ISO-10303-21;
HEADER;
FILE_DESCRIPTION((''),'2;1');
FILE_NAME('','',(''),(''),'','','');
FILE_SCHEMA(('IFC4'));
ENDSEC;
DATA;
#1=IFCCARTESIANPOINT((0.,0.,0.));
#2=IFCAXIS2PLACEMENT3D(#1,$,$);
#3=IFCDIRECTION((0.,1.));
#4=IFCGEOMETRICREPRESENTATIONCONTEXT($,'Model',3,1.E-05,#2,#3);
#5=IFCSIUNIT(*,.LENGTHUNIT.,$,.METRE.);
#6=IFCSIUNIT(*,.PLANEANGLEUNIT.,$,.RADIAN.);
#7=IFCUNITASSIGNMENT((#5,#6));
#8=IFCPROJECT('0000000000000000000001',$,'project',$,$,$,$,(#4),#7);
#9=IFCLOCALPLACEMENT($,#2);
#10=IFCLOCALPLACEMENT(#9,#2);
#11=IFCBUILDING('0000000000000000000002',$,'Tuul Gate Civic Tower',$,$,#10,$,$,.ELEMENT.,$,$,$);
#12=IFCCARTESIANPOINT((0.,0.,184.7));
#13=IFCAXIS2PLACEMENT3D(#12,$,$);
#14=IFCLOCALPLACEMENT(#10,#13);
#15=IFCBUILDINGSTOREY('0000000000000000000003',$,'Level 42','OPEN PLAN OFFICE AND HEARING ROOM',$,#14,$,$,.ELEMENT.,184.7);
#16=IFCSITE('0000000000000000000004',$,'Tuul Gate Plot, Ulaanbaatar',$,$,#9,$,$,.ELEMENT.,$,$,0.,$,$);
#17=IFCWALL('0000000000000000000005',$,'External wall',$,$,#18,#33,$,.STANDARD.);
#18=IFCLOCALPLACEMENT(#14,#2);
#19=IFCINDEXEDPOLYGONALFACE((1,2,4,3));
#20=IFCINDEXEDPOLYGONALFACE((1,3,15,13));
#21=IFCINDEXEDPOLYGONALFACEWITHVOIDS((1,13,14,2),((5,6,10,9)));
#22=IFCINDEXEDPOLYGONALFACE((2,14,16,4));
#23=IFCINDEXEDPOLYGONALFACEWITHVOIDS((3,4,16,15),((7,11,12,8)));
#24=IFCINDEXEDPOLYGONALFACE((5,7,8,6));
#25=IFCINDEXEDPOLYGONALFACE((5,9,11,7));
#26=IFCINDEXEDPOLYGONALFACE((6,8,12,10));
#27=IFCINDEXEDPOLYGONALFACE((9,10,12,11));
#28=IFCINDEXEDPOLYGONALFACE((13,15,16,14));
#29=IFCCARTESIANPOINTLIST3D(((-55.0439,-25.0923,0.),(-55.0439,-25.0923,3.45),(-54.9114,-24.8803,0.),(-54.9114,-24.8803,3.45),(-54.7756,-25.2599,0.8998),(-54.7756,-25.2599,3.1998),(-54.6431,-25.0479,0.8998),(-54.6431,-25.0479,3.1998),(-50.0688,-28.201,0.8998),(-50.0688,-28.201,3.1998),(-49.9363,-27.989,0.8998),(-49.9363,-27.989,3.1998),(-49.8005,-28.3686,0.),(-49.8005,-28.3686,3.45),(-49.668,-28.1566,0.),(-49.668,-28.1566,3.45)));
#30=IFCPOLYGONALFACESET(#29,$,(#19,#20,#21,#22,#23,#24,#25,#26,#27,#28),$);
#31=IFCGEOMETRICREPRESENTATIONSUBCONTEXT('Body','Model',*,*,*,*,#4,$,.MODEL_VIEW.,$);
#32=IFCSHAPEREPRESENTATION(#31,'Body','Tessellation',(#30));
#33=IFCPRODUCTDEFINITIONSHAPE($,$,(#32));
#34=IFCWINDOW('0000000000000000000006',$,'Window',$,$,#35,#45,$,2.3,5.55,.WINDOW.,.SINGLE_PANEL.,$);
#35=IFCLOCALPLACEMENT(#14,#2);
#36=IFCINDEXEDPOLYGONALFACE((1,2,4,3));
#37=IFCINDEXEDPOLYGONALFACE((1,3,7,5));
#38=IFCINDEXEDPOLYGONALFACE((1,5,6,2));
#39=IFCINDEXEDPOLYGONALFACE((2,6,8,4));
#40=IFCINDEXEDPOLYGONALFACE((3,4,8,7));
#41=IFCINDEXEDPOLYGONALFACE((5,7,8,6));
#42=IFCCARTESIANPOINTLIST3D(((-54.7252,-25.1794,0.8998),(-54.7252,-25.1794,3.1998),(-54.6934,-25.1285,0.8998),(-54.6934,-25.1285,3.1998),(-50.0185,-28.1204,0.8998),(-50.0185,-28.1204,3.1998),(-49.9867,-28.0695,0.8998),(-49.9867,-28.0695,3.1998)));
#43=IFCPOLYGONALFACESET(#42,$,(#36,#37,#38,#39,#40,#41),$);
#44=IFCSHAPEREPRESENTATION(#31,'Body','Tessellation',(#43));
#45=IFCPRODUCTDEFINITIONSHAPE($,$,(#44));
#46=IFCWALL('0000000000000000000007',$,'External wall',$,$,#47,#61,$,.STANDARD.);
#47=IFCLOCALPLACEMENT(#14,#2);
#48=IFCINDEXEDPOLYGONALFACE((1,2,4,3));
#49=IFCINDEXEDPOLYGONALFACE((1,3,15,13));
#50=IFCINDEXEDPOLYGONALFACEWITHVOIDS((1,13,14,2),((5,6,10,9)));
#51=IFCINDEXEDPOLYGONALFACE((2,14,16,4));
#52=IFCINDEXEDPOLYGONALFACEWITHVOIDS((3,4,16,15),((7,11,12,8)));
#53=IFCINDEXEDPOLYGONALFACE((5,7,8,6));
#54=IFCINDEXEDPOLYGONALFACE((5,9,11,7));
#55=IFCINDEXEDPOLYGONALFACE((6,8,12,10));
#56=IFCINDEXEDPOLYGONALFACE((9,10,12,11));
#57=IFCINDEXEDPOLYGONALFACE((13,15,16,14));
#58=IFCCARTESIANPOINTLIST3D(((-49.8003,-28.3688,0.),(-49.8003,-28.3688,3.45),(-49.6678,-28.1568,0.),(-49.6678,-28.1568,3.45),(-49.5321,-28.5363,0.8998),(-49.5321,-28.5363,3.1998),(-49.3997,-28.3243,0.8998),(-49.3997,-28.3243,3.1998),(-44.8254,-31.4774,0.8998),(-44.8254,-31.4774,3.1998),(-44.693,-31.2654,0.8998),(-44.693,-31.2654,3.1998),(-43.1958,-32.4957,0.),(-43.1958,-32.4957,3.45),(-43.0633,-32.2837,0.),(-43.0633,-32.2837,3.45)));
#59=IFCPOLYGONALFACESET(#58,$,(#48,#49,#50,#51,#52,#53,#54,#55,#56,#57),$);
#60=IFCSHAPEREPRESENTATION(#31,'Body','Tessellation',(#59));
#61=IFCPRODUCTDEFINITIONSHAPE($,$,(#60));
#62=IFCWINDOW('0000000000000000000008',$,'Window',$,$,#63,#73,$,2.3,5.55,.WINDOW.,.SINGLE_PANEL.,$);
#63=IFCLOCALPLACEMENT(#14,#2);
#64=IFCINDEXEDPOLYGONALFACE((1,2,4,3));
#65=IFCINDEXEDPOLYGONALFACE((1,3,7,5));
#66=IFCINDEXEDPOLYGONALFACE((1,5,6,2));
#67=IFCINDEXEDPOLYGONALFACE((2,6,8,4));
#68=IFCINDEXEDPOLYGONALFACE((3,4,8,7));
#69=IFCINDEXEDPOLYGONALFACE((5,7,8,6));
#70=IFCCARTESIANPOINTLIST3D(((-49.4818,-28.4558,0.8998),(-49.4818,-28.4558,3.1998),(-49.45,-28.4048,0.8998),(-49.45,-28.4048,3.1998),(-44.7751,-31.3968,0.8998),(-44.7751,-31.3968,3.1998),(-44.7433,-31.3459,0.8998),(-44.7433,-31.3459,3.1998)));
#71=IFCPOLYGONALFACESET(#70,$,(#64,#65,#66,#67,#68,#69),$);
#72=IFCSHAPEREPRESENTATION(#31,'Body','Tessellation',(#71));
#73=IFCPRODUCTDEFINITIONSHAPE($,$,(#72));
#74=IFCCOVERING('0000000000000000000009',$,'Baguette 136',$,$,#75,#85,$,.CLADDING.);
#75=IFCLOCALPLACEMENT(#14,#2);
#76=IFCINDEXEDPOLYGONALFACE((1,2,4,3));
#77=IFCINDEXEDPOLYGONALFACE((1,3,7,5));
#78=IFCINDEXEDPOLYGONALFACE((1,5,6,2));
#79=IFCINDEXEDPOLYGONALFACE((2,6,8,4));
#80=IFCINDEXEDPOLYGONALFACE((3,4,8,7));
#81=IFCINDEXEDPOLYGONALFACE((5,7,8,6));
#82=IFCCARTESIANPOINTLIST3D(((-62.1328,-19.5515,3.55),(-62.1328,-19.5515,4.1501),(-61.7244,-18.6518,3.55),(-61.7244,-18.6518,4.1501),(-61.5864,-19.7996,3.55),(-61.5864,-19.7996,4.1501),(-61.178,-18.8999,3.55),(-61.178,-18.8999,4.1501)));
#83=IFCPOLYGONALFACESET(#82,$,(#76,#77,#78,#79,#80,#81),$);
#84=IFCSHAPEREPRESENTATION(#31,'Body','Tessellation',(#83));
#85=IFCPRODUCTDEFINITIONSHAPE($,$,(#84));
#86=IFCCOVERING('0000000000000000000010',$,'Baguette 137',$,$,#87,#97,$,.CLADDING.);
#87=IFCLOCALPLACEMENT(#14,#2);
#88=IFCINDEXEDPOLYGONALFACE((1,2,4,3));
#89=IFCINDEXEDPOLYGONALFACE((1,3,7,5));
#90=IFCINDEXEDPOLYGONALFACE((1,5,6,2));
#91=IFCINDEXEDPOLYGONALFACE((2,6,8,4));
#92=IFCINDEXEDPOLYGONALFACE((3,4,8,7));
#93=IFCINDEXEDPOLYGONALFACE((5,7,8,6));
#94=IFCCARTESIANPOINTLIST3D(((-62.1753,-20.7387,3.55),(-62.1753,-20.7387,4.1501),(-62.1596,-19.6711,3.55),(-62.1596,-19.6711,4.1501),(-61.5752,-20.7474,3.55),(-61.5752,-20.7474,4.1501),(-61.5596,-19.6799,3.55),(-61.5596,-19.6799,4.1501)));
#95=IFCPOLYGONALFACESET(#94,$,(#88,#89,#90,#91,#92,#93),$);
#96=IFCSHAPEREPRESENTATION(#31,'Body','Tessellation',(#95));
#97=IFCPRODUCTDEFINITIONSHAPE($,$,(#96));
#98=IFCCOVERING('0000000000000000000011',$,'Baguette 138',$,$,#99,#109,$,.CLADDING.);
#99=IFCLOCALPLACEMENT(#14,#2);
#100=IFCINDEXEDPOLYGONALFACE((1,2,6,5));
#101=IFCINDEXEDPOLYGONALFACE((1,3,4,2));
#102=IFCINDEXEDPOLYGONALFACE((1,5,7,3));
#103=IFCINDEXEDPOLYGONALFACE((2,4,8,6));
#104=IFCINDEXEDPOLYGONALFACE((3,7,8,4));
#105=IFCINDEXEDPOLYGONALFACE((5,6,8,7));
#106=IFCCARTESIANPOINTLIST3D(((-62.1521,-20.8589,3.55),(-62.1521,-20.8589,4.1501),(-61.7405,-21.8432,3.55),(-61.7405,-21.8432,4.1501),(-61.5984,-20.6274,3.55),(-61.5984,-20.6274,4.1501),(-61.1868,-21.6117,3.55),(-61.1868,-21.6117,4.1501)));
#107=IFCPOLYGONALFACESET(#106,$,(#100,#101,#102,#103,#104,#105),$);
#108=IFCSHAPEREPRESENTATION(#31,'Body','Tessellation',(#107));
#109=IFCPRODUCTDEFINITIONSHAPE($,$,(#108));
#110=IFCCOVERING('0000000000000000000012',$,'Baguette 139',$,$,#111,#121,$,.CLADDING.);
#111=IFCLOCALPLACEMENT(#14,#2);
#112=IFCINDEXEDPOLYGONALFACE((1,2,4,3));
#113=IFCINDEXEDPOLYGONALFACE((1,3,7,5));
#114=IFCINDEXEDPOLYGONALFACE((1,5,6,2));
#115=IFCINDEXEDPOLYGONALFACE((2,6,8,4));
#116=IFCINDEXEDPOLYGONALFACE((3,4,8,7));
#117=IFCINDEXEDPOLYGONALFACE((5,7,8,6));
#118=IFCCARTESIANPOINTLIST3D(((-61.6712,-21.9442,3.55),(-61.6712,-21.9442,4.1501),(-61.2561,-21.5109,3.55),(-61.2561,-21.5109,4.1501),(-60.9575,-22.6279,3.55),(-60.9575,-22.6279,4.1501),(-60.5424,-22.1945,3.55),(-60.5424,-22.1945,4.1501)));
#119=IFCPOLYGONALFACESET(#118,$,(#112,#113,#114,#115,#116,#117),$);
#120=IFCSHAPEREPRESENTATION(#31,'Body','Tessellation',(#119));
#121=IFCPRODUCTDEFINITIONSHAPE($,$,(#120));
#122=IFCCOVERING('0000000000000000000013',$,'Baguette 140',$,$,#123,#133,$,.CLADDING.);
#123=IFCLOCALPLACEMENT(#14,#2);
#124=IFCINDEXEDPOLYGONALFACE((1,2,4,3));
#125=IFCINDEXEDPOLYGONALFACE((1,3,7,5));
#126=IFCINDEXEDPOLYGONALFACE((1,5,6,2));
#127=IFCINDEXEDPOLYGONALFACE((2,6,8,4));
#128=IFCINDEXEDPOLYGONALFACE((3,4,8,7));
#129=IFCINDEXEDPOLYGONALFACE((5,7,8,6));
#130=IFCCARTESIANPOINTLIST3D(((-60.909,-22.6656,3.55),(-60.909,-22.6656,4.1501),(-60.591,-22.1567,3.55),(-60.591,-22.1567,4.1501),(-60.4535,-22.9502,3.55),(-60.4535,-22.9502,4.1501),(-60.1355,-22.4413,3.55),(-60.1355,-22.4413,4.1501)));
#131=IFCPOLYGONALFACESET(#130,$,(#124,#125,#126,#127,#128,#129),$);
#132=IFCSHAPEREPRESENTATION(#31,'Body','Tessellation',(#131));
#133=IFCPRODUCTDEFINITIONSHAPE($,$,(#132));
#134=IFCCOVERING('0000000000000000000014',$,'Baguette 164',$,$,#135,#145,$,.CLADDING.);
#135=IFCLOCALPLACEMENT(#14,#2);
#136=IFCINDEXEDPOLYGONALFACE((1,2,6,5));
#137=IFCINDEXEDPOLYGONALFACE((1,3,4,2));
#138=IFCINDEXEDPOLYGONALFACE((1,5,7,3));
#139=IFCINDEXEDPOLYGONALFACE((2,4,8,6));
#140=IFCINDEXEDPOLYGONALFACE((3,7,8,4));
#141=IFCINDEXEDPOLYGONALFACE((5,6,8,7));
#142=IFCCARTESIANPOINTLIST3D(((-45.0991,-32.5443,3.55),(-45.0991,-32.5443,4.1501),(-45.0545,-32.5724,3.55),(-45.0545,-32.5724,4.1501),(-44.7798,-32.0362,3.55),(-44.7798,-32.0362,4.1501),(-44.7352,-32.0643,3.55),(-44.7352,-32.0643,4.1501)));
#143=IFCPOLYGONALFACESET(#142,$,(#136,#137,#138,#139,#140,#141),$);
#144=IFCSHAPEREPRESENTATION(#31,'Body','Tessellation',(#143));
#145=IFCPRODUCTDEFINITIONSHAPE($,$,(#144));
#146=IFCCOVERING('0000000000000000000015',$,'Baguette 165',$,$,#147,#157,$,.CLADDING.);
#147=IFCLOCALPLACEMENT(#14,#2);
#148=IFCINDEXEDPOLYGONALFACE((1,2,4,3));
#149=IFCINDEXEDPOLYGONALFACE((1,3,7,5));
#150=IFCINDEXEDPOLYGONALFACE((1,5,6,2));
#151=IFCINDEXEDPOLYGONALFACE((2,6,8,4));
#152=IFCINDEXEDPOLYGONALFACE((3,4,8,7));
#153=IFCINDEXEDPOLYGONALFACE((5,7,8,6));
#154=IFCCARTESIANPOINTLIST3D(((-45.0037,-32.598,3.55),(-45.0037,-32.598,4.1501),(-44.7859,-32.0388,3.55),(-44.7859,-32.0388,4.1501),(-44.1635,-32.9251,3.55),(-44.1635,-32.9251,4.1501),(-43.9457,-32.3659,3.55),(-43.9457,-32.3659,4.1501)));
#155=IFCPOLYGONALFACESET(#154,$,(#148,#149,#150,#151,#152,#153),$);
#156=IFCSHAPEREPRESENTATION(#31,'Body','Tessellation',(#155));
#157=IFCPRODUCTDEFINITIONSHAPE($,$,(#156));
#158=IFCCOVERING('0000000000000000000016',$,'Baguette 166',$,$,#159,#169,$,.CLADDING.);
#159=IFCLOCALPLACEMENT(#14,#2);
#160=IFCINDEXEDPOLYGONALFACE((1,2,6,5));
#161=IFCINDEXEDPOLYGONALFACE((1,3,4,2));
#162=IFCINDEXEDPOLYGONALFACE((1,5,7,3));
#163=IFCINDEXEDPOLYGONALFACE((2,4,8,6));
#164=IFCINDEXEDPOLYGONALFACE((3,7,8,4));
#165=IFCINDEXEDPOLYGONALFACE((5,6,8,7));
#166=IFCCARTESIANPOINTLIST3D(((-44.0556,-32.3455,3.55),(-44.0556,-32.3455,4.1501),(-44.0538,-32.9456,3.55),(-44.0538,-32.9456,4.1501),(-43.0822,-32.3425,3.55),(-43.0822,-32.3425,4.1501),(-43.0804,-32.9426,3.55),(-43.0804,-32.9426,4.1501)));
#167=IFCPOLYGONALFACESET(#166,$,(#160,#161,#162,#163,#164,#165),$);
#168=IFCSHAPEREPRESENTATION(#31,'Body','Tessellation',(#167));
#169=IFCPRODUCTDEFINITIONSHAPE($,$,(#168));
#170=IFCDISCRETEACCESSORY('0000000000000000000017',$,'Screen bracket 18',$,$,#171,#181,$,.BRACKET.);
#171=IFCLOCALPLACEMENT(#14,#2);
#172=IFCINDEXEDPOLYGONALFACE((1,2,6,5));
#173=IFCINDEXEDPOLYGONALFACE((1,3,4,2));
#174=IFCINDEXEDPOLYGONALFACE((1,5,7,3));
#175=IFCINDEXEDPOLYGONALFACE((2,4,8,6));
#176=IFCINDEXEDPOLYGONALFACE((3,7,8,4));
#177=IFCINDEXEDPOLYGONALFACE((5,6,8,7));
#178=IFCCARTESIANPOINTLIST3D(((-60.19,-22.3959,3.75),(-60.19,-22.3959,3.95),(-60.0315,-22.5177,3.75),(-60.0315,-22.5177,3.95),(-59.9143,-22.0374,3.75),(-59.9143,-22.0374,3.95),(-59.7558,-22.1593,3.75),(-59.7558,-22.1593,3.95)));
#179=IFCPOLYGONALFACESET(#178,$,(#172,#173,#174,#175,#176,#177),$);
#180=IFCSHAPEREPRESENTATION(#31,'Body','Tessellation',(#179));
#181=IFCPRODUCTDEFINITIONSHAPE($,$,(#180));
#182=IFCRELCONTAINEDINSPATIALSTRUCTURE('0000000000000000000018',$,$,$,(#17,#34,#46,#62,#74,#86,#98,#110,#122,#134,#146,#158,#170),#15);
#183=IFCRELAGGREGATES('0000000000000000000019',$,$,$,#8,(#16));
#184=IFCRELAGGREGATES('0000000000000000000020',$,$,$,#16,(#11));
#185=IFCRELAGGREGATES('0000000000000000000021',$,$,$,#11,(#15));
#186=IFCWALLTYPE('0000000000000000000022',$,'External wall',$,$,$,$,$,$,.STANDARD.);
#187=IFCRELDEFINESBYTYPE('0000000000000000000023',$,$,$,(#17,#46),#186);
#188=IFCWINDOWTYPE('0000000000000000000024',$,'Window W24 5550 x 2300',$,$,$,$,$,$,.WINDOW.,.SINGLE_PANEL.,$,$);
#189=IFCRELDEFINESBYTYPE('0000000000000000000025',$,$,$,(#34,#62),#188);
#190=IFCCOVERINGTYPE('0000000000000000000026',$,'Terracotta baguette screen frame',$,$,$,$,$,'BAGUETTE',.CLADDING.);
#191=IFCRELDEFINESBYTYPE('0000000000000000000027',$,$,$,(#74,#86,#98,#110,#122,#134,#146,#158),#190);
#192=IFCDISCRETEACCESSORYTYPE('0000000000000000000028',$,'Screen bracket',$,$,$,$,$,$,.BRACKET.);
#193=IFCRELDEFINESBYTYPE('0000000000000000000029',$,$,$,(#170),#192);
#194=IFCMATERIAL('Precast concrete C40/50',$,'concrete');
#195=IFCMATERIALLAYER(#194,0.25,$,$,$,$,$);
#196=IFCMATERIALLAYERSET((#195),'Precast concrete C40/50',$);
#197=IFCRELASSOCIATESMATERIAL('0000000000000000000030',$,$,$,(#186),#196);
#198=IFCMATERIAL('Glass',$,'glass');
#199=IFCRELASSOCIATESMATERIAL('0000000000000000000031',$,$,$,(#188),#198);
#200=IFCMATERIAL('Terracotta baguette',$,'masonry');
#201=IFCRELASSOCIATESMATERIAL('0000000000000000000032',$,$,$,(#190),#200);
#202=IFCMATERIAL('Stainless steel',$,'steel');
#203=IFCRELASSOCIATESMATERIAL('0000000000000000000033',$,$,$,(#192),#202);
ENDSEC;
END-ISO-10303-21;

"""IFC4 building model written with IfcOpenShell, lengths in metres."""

from ifc_helpers import new_model, si_unit, direction, frame, frame_2d, origin, origin_2d, place, context, subcontext, project, spatial, rectangle, extrude, material, layer, layer_set, material_profile, profile_set, type_object, element, fill, save


model = new_model("IFC4")

# Units and contexts
model_context = context("Model", 3, precision=1e-05, world=origin(), true_north=direction((0.0, 1.0)))
body_context = subcontext(model_context, "Body", "Model", "MODEL_VIEW")
ifc_project = project(units=[si_unit("LENGTHUNIT", "METRE"), si_unit("PLANEANGLEUNIT", "RADIAN")], contexts=[model_context])

# Site, building, storey
site_placement = place(None, origin())
site = spatial("IfcSite", under=ifc_project, at=site_placement, Name="Tuul Gate Plot, Ulaanbaatar", CompositionType="ELEMENT", RefElevation=0.0)
building_placement = place(site_placement, origin())
building = spatial("IfcBuilding", under=site, at=building_placement, Name="Tuul Gate Civic Tower", CompositionType="ELEMENT")
storey_placement = place(building_placement, frame((0.0, 0.0, 184.7)))
storey = spatial("IfcBuildingStorey", under=building, at=storey_placement, Name="Level 42", Description="OPEN PLAN OFFICE AND HEARING ROOM", CompositionType="ELEMENT", Elevation=184.7)

# Shared definitions
ifc_material_1 = material(Name="Precast concrete C40/50", Category="concrete")
ifc_layer = layer(ifc_material_1, 0.25)
ifc_layer_set = layer_set([ifc_layer], Name="Precast concrete C40/50")
wall_type = type_object("IfcWallType", Name="External wall", PredefinedType="STANDARD", material=ifc_layer_set)

# Walls, openings, windows
ifc_material_2 = material(Name="Glass", Category="glass")
window_type = type_object("IfcWindowType", Name="Window W24 5550 x 2300", PartitioningType="SINGLE_PANEL", PredefinedType="WINDOW", material=ifc_material_2)
wall_1_placement = place(storey_placement, frame((-54.9775, -24.9863, 0.0), z_axis=(0.0, 0.0, 1.0), x_axis=(0.848054, -0.52991, 0.0)))
wall_1 = element("IfcWall", 1, at=wall_1_placement, inside=storey, type_object=wall_type, Name="External wall", PredefinedType="STANDARD", context=body_context, shape_type="SweptSolid", body=[
    extrude(rectangle(XDim=6.1829, YDim=0.25, at=frame_2d((3.0913, 0.0))), origin(), (0.0, 0.0, 1.0), 3.45),
])
opening_1_placement = place(wall_1_placement, frame((0.3164, 0.0, 0.8999)))
opening_1 = element("IfcOpeningElement", 2, at=opening_1_placement, cuts=wall_1, PredefinedType="OPENING", context=body_context, shape_type="SweptSolid", body=[
    extrude(rectangle(XDim=5.55, YDim=2.3, at=frame_2d((2.7749, 1.1499))), frame((0.0, 0.135, 0.0), z_axis=(0.0, -1.0, 0.0), x_axis=(1.0, 0.0, 0.0)), (0.0, 0.0, 1.0), 0.27),
])
window_1_placement = place(opening_1_placement, origin())
window_1 = element("IfcWindow", 3, at=window_1_placement, inside=storey, type_object=window_type, Name="Window", OverallHeight=2.3, OverallWidth=5.55, PartitioningType="SINGLE_PANEL", PredefinedType="WINDOW", context=body_context, shape_type="SweptSolid", body=[
    extrude(rectangle(XDim=5.55, YDim=2.3, at=frame_2d((2.7749, 1.1499))), frame((0.0, 0.03, 0.0), z_axis=(0.0, -1.0, 0.0), x_axis=(1.0, 0.0, 0.0)), (0.0, 0.0, 1.0), 0.0601),
])
fill(opening_1, window_1)
wall_2_placement = place(storey_placement, frame((-49.7341, -28.2627, 0.0), z_axis=(0.0, 0.0, 1.0), x_axis=(0.848048, -0.52992, 0.0)))
wall_2 = element("IfcWall", 4, at=wall_2_placement, inside=storey, type_object=wall_type, Name="External wall", PredefinedType="STANDARD", context=body_context, shape_type="SweptSolid", body=[
    extrude(rectangle(XDim=7.7878, YDim=0.25, at=frame_2d((3.894, 0.0))), origin(), (0.0, 0.0, 1.0), 3.45),
])
opening_2_placement = place(wall_2_placement, frame((0.3164, 0.0, 0.8999)))
opening_2 = element("IfcOpeningElement", 5, at=opening_2_placement, cuts=wall_2, PredefinedType="OPENING", context=body_context, shape_type="SweptSolid", body=[
    extrude(rectangle(XDim=5.55, YDim=2.3, at=frame_2d((2.7749, 1.1499))), frame((0.0, 0.135, 0.0), z_axis=(0.0, -1.0, 0.0), x_axis=(1.0, 0.0, 0.0)), (0.0, 0.0, 1.0), 0.27),
])
window_2_placement = place(opening_2_placement, origin())
window_2 = element("IfcWindow", 6, at=window_2_placement, inside=storey, type_object=window_type, Name="Window", OverallHeight=2.3, OverallWidth=5.55, PartitioningType="SINGLE_PANEL", PredefinedType="WINDOW", context=body_context, shape_type="SweptSolid", body=[
    extrude(rectangle(XDim=5.55, YDim=2.3, at=frame_2d((2.7749, 1.1499))), frame((0.0, 0.03, 0.0), z_axis=(0.0, -1.0, 0.0), x_axis=(1.0, 0.0, 0.0)), (0.0, 0.0, 1.0), 0.0601),
])
fill(opening_2, window_2)

# Coverings
ifc_material_3 = material(Name="Terracotta baguette", Category="masonry")
ifc_material_profile_1 = material_profile(ifc_material_3, rectangle(XDim=0.6001, YDim=0.6001, at=origin_2d()), Name="Terracotta baguette screen frame")
ifc_profile_set_1 = profile_set([ifc_material_profile_1], Name="Terracotta baguette")
covering_type = type_object("IfcCoveringType", Name="Terracotta baguette screen frame", ElementType="BAGUETTE", PredefinedType="CLADDING", material=ifc_profile_set_1)
covering_1_placement = place(storey_placement, frame((-61.4512, -18.7759, 3.8501), z_axis=(-0.413393, -0.910553, 0.0), x_axis=(0.910553, -0.413393, 0.0)))
element("IfcCovering", 7, at=covering_1_placement, inside=storey, type_object=covering_type, Name="Baguette 136", PredefinedType="CLADDING", context=body_context, shape_type="SweptSolid", body=[
    extrude(rectangle(XDim=0.6001, YDim=0.6001, at=origin_2d()), origin(), (0.0, 0.0, 1.0), 0.988),
])
covering_2_placement = place(storey_placement, frame((-61.8596, -19.6755, 3.8501), z_axis=(-0.014634, -0.999893, 0.0), x_axis=(0.999893, -0.014634, 0.0)))
element("IfcCovering", 8, at=covering_2_placement, inside=storey, type_object=covering_type, Name="Baguette 137", PredefinedType="CLADDING", context=body_context, shape_type="SweptSolid", body=[
    extrude(rectangle(XDim=0.6001, YDim=0.6001, at=origin_2d()), origin(), (0.0, 0.0, 1.0), 1.0676),
])
covering_3_placement = place(storey_placement, frame((-61.8752, -20.7432, 3.8501), z_axis=(0.385785, -0.922589, 0.0), x_axis=(0.922589, 0.385785, 0.0)))
element("IfcCovering", 9, at=covering_3_placement, inside=storey, type_object=covering_type, Name="Baguette 138", PredefinedType="CLADDING", context=body_context, shape_type="SweptSolid", body=[
    extrude(rectangle(XDim=0.6001, YDim=0.6001, at=origin_2d()), origin(), (0.0, 0.0, 1.0), 1.0669),
])
covering_4_placement = place(storey_placement, frame((-61.4636, -21.7275, 3.8501), z_axis=(0.722137, -0.69175, 0.0), x_axis=(0.69175, 0.722137, 0.0)))
element("IfcCovering", 10, at=covering_4_placement, inside=storey, type_object=covering_type, Name="Baguette 139", PredefinedType="CLADDING", context=body_context, shape_type="SweptSolid", body=[
    extrude(rectangle(XDim=0.6001, YDim=0.6001, at=origin_2d()), origin(), (0.0, 0.0, 1.0), 0.9883),
])
covering_5_placement = place(storey_placement, frame((-60.75, -22.4111, 3.8501), z_axis=(0.848049, -0.529917, 0.0), x_axis=(0.529917, 0.848049, 0.0)))
element("IfcCovering", 11, at=covering_5_placement, inside=storey, type_object=covering_type, Name="Baguette 140", PredefinedType="CLADDING", context=body_context, shape_type="SweptSolid", body=[
    extrude(rectangle(XDim=0.6001, YDim=0.6001, at=origin_2d()), origin(), (0.0, 0.0, 1.0), 0.5371),
])
covering_6_placement = place(storey_placement, frame((-44.9395, -32.2903, 3.8501), z_axis=(0.846696, -0.532077, 0.0), x_axis=(0.532077, 0.846696, 0.0)))
element("IfcCovering", 12, at=covering_6_placement, inside=storey, type_object=covering_type, Name="Baguette 164", PredefinedType="CLADDING", context=body_context, shape_type="SweptSolid", body=[
    extrude(rectangle(XDim=0.6001, YDim=0.6001, at=origin_2d()), origin(), (0.0, 0.0, 1.0), 0.0527),
])
covering_7_placement = place(storey_placement, frame((-44.8948, -32.3184, 3.8501), z_axis=(0.931837, -0.362877, 0.0), x_axis=(0.362877, 0.931837, 0.0)))
element("IfcCovering", 13, at=covering_7_placement, inside=storey, type_object=covering_type, Name="Baguette 165", PredefinedType="CLADDING", context=body_context, shape_type="SweptSolid", body=[
    extrude(rectangle(XDim=0.6001, YDim=0.6001, at=origin_2d()), origin(), (0.0, 0.0, 1.0), 0.9016),
])
covering_8_placement = place(storey_placement, frame((-44.0547, -32.6455, 3.8501), z_axis=(0.999995, 0.00301, 0.0), x_axis=(-0.00301, 0.999995, 0.0)))
element("IfcCovering", 14, at=covering_8_placement, inside=storey, type_object=covering_type, Name="Baguette 166", PredefinedType="CLADDING", context=body_context, shape_type="SweptSolid", body=[
    extrude(rectangle(XDim=0.6001, YDim=0.6001, at=origin_2d()), origin(), (0.0, 0.0, 1.0), 0.9734),
])

# Discrete accessory
ifc_material_4 = material(Name="Stainless steel", Category="steel")
discrete_accessory_type = type_object("IfcDiscreteAccessoryType", Name="Screen bracket", PredefinedType="BRACKET", material=ifc_material_4)
discrete_accessory_placement = place(storey_placement, frame((-59.9729, -22.2776, 3.75), z_axis=(0.0, 0.0, 1.0), x_axis=(-0.609611, -0.792701, 0.0)))
element("IfcDiscreteAccessory", 15, at=discrete_accessory_placement, inside=storey, type_object=discrete_accessory_type, Name="Screen bracket 18", PredefinedType="BRACKET", context=body_context, shape_type="SweptSolid", body=[
    extrude(rectangle(XDim=0.4521, YDim=0.2, at=origin_2d()), origin(), (0.0, 0.0, 1.0), 0.2),
])

save(model, "model.ifc")
